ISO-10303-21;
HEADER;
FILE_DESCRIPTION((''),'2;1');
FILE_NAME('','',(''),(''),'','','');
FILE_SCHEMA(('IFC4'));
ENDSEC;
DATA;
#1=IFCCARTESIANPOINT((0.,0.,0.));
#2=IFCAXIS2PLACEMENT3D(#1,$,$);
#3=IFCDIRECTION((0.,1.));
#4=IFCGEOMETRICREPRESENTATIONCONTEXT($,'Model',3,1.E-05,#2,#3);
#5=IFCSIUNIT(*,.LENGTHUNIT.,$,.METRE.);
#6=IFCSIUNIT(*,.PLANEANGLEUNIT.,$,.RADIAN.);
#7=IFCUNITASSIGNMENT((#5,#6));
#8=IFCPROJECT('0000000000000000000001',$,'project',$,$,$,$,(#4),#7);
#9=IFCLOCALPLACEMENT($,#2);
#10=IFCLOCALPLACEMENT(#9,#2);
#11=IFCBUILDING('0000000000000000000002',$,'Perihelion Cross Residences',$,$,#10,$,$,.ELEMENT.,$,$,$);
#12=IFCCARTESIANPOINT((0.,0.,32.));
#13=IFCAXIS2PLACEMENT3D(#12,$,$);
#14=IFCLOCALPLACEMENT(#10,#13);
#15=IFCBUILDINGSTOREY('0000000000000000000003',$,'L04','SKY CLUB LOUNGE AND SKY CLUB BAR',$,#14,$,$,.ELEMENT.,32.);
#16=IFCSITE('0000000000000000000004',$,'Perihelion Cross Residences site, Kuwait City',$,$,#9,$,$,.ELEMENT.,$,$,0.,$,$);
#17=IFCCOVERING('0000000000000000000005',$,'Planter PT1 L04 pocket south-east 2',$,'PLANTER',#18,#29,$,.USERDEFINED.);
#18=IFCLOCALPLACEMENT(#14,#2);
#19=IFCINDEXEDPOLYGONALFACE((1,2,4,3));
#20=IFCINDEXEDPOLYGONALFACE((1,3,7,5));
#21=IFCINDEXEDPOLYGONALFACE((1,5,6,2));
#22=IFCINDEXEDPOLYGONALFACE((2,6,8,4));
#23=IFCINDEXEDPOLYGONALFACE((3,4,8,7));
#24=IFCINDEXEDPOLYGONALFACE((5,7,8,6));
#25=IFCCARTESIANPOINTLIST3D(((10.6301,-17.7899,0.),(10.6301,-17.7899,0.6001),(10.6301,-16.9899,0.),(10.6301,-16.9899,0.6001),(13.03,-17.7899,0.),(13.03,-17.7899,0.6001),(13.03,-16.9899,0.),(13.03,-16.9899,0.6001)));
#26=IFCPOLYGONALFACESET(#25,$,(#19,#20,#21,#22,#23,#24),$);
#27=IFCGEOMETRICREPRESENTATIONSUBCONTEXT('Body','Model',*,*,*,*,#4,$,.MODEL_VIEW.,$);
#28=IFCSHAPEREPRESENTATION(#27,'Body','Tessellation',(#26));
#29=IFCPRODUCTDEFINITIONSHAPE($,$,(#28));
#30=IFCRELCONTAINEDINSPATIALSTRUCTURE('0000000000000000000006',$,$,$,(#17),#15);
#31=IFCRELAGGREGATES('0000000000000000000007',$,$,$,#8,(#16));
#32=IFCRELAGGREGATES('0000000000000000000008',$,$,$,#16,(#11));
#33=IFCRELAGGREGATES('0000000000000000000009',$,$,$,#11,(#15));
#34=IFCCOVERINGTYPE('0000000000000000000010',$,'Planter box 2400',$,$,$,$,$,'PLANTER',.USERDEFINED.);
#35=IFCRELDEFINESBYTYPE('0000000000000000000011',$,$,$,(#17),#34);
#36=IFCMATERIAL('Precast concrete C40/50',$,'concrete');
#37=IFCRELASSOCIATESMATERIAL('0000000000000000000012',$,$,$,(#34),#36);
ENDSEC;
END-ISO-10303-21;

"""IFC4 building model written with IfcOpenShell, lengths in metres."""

from ifc_helpers import new_model, si_unit, direction, frame, origin, origin_2d, place, context, subcontext, project, spatial, rectangle, extrude, material, type_object, element, save


model = new_model("IFC4")

# Units and contexts
model_context = context("Model", 3, precision=1e-05, world=origin(), true_north=direction((0.0, 1.0)))
body_context = subcontext(model_context, "Body", "Model", "MODEL_VIEW")
ifc_project = project(units=[si_unit("LENGTHUNIT", "METRE"), si_unit("PLANEANGLEUNIT", "RADIAN")], contexts=[model_context])

# Site, building, storey
site_placement = place(None, origin())
site = spatial("IfcSite", under=ifc_project, at=site_placement, Name="Perihelion Cross Residences site, Kuwait City", CompositionType="ELEMENT", RefElevation=0.0)
building_placement = place(site_placement, origin())
building = spatial("IfcBuilding", under=site, at=building_placement, Name="Perihelion Cross Residences", CompositionType="ELEMENT")
storey_placement = place(building_placement, frame((0.0, 0.0, 32.0)))
storey = spatial("IfcBuildingStorey", under=building, at=storey_placement, Name="L04", Description="SKY CLUB LOUNGE AND SKY CLUB BAR", CompositionType="ELEMENT", Elevation=32.0)

# Covering
ifc_material_1 = material(Name="Precast concrete C40/50", Category="concrete")
covering_type_1 = type_object("IfcCoveringType", Name="Planter box 2400", ElementType="PLANTER", PredefinedType="USERDEFINED", material=ifc_material_1)
for number, where, z_axis, x_axis, name in (
    (1, (11.8301, -17.3899, 0.0), (0.0, 0.0, 1.0), (-1.0, 0.0, 0.0), "Planter PT1 L04 pocket south-east 2"),
):
    element("IfcCovering", number, at=place(storey_placement, frame(where, z_axis=z_axis, x_axis=x_axis)), inside=storey, type_object=covering_type_1, Name=name, ObjectType="PLANTER", PredefinedType="USERDEFINED", context=body_context, shape_type="SweptSolid", body=[
        extrude(rectangle(XDim=2.3999, YDim=0.8, at=origin_2d()), origin(), (0.0, 0.0, 1.0), 0.6001),
    ])

save(model, "model.ifc")
